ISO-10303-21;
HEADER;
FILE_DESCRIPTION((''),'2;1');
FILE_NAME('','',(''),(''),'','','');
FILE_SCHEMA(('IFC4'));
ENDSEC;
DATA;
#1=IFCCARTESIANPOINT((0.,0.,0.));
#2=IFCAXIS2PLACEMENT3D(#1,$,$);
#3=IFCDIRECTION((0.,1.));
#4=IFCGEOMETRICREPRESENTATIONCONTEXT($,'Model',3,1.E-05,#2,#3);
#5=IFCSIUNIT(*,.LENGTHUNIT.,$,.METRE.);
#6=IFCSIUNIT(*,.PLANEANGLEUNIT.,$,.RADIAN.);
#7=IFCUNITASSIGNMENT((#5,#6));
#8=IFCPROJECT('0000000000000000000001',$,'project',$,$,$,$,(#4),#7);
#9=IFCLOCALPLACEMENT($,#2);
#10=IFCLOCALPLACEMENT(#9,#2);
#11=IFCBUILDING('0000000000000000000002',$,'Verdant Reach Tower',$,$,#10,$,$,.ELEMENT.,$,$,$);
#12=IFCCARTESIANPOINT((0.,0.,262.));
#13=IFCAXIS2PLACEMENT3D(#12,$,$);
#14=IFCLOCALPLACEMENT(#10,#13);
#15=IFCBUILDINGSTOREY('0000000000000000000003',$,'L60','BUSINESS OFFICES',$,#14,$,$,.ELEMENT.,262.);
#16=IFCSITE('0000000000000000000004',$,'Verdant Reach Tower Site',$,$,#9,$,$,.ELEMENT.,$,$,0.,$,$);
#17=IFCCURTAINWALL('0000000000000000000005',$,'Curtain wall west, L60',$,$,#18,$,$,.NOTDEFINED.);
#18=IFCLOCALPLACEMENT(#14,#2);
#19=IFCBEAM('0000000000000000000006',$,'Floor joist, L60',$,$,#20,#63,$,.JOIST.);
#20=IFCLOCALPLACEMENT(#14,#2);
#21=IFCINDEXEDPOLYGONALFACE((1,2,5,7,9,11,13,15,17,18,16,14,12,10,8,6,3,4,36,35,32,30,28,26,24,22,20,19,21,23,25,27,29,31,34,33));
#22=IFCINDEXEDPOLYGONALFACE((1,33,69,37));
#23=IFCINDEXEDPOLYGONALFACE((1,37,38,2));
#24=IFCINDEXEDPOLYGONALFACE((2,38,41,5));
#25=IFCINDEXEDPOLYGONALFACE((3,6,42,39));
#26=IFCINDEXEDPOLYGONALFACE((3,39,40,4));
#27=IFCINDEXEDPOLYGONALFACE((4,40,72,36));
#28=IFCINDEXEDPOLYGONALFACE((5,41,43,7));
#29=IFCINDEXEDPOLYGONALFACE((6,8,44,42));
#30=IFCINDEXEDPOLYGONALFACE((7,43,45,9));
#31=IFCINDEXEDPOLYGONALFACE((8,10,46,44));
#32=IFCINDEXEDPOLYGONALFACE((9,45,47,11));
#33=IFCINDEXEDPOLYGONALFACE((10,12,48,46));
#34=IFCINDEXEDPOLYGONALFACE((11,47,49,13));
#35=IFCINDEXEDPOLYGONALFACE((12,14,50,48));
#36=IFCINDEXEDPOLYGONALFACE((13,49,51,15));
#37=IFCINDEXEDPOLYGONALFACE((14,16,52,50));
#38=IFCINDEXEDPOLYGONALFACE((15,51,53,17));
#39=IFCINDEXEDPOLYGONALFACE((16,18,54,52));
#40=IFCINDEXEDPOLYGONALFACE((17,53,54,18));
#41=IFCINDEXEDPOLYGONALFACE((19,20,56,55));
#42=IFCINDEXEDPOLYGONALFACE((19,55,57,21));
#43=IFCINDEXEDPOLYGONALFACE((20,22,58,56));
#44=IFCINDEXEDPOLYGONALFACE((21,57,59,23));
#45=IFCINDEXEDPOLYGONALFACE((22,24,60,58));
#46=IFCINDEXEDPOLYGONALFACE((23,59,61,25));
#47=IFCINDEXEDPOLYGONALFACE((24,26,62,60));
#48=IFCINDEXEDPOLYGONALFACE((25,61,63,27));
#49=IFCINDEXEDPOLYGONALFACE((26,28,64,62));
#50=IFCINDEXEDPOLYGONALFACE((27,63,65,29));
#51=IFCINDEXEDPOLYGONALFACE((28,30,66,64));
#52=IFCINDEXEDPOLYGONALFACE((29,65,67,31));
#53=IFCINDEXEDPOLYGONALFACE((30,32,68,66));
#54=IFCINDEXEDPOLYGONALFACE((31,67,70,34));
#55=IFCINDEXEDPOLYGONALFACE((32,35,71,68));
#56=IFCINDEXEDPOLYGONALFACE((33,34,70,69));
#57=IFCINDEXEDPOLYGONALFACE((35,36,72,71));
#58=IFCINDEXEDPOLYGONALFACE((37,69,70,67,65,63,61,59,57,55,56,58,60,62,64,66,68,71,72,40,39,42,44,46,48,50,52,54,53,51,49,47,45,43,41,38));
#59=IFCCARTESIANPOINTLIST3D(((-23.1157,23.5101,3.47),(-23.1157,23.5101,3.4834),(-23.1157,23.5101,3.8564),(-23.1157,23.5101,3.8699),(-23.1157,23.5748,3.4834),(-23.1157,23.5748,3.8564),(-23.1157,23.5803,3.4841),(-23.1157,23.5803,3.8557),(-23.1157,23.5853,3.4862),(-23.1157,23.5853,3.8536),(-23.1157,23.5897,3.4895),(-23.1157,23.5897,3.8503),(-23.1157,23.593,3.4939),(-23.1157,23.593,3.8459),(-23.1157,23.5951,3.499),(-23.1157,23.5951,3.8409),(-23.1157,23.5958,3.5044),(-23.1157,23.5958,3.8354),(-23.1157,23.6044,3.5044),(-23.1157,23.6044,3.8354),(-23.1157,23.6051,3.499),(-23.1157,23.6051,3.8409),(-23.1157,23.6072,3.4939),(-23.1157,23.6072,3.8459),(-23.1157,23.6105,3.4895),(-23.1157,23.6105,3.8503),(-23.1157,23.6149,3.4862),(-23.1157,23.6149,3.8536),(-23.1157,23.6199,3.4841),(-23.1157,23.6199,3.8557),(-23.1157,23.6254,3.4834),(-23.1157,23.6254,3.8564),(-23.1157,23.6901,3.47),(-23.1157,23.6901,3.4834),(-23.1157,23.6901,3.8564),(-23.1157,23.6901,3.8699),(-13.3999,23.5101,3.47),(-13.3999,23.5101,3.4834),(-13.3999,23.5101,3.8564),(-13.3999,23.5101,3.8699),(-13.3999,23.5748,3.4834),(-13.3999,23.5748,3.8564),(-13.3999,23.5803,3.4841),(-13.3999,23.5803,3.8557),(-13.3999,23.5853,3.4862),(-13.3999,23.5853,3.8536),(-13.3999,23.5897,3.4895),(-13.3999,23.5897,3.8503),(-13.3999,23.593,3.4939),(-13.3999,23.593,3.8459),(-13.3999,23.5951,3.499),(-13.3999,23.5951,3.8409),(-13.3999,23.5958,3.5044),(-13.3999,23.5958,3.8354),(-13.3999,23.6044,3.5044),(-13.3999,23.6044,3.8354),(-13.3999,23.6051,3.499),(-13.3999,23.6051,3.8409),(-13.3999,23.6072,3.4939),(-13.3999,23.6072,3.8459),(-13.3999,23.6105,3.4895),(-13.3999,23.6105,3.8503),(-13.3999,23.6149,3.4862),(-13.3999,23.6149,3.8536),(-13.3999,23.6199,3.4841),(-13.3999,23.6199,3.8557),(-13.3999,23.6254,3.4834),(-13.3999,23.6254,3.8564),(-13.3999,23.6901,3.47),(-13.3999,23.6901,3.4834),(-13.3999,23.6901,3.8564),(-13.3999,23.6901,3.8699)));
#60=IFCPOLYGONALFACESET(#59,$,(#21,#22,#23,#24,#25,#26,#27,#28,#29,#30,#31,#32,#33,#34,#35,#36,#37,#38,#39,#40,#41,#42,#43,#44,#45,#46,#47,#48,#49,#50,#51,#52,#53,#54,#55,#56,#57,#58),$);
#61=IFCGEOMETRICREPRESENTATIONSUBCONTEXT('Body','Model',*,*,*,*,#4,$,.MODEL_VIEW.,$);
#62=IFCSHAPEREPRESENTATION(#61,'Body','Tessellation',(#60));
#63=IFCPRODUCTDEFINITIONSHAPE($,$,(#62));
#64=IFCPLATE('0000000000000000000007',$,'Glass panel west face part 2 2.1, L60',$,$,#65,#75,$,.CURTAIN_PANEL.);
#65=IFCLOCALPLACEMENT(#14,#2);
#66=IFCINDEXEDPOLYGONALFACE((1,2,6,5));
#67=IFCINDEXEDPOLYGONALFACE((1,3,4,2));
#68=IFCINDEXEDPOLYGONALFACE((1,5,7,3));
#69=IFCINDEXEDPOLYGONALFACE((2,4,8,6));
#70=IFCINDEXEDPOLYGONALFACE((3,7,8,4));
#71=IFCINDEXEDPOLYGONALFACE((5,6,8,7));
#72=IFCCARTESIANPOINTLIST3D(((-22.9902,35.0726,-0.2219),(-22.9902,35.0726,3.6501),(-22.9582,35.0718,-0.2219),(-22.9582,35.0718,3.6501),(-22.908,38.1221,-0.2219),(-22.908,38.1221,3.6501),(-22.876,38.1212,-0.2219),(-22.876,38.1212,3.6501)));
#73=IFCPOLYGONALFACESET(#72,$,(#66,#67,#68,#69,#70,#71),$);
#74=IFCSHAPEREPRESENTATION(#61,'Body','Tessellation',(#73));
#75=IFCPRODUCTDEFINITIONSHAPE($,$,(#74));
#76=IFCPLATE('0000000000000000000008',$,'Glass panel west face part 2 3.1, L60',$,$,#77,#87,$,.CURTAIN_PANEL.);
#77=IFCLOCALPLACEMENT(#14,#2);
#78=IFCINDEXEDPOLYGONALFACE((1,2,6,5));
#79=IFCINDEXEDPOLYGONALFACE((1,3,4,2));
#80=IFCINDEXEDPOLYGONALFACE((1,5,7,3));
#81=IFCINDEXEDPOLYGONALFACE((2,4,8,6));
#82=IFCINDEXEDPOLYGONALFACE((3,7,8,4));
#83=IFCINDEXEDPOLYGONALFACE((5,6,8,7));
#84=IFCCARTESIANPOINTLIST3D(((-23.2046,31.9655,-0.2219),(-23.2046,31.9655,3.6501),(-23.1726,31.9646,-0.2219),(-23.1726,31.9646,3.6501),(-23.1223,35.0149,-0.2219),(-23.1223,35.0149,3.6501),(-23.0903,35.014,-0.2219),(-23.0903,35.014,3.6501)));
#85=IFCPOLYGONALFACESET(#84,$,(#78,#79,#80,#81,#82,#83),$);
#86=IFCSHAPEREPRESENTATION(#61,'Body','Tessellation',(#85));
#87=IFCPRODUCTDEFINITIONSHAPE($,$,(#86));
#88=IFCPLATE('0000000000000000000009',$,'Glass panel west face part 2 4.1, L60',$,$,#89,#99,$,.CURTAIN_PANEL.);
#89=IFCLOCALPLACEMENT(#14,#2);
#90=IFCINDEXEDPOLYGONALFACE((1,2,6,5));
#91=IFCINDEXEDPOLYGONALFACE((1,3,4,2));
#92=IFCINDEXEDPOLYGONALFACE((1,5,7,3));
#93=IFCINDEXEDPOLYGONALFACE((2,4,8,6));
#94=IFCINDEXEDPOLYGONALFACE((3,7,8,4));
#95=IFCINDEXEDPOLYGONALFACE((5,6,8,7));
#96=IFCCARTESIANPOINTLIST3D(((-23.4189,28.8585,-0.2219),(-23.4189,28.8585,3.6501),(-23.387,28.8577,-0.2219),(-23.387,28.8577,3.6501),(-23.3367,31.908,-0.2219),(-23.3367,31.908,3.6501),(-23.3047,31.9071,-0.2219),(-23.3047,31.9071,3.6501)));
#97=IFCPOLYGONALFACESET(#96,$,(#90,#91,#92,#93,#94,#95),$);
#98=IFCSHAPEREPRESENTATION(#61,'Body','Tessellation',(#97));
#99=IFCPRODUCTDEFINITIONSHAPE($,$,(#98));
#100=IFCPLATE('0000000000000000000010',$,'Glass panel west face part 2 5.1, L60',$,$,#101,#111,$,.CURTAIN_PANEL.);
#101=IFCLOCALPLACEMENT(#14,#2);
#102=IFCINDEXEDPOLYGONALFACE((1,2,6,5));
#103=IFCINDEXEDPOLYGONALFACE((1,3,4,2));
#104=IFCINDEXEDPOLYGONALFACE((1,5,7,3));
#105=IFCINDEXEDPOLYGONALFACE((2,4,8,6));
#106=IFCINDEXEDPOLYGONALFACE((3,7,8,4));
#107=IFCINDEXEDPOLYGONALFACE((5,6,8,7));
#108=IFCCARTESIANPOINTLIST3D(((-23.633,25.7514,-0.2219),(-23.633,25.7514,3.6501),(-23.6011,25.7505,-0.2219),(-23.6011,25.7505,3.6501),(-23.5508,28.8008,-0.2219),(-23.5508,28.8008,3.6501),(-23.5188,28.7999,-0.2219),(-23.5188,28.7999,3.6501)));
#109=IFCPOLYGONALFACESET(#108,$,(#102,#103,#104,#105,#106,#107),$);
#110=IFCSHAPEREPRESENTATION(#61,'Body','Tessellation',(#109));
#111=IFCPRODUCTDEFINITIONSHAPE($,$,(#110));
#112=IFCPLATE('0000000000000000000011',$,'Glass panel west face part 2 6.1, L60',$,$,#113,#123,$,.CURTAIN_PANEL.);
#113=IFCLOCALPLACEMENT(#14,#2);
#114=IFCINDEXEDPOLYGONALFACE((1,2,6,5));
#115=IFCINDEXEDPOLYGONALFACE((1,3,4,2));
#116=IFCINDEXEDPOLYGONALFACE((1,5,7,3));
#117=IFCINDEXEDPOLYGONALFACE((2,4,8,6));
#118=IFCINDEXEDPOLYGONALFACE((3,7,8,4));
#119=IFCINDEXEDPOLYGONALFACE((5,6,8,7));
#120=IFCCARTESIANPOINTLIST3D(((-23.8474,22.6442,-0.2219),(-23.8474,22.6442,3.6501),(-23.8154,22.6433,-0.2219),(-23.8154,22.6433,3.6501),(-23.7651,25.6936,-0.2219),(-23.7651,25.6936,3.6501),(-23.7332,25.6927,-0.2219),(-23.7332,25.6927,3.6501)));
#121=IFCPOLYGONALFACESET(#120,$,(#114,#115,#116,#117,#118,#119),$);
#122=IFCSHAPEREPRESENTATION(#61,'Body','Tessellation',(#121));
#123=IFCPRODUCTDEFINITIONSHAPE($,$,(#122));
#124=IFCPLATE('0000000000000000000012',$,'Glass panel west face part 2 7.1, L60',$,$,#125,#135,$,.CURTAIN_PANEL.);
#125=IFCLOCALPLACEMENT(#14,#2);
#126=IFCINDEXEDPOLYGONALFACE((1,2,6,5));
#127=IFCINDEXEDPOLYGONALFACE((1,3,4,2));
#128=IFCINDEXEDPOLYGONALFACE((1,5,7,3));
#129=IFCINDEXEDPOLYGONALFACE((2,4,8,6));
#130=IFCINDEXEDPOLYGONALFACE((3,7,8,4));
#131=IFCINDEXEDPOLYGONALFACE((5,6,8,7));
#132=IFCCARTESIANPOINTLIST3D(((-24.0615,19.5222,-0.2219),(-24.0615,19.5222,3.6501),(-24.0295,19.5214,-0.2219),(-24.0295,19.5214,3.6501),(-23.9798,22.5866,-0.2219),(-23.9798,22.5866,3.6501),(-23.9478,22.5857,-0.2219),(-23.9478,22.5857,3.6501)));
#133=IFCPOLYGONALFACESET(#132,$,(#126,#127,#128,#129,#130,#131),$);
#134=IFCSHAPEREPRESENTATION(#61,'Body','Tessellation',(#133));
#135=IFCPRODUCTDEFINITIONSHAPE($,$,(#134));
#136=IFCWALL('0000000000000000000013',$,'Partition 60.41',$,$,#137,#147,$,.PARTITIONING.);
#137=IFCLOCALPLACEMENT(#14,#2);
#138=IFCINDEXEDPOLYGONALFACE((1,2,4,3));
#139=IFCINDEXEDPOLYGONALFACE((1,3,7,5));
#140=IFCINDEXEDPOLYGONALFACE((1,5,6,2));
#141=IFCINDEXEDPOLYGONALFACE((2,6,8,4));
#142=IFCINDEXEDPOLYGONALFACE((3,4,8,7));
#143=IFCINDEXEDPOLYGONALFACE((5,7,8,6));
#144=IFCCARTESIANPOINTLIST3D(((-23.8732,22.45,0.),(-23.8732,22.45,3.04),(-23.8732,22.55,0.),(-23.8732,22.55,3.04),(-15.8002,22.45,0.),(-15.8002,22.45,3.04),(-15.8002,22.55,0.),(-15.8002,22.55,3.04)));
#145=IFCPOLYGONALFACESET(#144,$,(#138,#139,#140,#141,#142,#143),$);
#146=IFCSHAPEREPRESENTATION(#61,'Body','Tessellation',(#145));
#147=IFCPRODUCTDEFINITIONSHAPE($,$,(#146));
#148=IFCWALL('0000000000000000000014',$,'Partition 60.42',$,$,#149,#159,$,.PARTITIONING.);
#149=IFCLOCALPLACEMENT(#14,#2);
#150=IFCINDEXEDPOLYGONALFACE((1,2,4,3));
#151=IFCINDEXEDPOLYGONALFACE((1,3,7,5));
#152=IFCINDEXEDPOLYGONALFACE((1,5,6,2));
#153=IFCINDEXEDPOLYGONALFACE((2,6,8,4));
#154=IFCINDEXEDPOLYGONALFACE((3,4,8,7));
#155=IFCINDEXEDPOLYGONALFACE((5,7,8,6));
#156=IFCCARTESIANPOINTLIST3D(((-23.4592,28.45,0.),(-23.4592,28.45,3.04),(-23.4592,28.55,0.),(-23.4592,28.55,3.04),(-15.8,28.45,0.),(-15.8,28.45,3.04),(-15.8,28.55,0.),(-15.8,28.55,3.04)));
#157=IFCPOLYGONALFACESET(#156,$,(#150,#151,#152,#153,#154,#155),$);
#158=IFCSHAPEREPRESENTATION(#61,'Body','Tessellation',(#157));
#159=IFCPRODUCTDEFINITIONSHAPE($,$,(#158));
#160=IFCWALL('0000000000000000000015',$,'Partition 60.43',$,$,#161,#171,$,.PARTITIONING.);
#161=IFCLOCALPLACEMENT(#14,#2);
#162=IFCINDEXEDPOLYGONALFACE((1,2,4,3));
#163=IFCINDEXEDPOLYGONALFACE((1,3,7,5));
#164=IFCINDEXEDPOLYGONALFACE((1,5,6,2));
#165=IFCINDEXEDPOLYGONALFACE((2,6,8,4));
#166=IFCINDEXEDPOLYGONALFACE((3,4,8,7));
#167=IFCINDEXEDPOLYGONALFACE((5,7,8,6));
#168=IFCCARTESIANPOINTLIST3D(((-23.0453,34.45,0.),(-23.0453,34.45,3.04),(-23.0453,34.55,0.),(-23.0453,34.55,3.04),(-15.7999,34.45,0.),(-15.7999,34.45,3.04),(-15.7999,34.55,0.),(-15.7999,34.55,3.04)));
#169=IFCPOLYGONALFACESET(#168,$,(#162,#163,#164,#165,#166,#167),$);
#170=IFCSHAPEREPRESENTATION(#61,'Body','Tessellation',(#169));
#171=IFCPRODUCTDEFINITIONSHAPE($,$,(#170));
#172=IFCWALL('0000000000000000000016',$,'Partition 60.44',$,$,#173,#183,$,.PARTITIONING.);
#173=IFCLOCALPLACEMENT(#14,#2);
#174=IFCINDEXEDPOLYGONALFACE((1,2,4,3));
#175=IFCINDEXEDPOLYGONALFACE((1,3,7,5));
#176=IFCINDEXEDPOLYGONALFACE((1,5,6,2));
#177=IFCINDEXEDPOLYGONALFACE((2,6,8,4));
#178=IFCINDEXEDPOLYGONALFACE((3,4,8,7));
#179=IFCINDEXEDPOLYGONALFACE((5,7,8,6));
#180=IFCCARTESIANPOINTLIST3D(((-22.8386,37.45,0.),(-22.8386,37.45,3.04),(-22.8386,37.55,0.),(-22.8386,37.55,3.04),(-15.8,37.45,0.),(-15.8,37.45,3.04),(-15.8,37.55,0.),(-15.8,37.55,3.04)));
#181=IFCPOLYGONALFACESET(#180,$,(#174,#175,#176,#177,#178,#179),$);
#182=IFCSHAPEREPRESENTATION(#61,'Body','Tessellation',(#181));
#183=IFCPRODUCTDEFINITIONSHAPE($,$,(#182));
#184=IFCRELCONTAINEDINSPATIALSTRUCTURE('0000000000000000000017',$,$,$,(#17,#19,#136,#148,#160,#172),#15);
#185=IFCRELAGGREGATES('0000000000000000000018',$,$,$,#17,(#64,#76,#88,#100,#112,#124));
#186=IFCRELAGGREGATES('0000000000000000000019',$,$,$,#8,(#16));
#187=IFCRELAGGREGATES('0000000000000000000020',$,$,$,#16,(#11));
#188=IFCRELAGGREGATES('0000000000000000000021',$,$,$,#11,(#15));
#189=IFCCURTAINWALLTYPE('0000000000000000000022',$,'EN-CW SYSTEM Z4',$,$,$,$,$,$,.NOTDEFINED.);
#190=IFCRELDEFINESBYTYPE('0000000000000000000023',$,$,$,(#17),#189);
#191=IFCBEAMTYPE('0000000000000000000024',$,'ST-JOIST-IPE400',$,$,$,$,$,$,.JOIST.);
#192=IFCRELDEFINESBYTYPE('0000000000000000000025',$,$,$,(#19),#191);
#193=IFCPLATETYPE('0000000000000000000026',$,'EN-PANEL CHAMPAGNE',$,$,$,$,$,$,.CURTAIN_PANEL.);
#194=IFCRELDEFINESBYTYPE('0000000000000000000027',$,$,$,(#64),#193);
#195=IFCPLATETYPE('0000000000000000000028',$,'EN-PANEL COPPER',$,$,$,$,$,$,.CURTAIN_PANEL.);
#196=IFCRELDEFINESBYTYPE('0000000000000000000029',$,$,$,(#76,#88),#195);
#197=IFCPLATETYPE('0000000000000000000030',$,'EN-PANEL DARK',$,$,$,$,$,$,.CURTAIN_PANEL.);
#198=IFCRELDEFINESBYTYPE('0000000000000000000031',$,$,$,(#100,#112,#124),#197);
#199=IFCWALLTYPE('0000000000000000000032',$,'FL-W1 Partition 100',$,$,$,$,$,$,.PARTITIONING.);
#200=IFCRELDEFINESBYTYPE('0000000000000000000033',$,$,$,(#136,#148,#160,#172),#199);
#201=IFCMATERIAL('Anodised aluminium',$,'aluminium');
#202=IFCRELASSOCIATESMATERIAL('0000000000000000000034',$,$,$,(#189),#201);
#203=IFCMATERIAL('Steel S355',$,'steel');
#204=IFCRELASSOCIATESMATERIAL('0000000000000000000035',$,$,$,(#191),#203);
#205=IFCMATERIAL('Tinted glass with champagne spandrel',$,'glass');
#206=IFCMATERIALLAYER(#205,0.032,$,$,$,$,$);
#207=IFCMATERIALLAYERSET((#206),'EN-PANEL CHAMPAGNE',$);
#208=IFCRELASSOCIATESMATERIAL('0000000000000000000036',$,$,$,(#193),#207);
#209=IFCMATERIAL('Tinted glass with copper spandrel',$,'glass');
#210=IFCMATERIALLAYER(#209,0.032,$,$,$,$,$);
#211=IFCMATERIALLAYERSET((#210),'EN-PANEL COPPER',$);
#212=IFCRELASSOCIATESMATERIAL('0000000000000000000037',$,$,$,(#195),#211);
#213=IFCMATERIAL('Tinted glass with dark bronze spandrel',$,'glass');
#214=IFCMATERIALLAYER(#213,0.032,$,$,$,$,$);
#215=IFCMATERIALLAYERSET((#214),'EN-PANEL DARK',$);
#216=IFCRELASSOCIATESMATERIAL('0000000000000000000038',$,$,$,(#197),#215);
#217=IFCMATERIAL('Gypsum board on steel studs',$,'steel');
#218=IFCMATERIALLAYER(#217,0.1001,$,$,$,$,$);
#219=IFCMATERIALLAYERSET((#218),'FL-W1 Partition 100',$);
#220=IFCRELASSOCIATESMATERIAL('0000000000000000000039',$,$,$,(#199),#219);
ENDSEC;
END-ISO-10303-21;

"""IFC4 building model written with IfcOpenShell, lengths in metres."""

from ifc_helpers import new_model, si_unit, direction, frame, frame_2d, origin, origin_2d, place, context, subcontext, project, spatial, rectangle, i_section, extrude, material, layer, layer_set, material_profile, profile_set, type_object, element, aggregate, save


model = new_model("IFC4")

# Units and contexts
model_context = context("Model", 3, precision=1e-05, world=origin(), true_north=direction((0.0, 1.0)))
body_context = subcontext(model_context, "Body", "Model", "MODEL_VIEW")
ifc_project = project(units=[si_unit("LENGTHUNIT", "METRE"), si_unit("PLANEANGLEUNIT", "RADIAN")], contexts=[model_context])

# Site, building, storey
site_placement = place(None, origin())
site = spatial("IfcSite", under=ifc_project, at=site_placement, Name="Verdant Reach Tower Site", CompositionType="ELEMENT", RefElevation=0.0)
building_placement = place(site_placement, origin())
building = spatial("IfcBuilding", under=site, at=building_placement, Name="Verdant Reach Tower", CompositionType="ELEMENT")
storey_placement = place(building_placement, frame((0.0, 0.0, 262.0)))
storey = spatial("IfcBuildingStorey", under=building, at=storey_placement, Name="L60", Description="BUSINESS OFFICES", CompositionType="ELEMENT", Elevation=262.0)

# Curtain wall
ifc_material_1 = material(Name="Anodised aluminium", Category="aluminium")
curtain_wall_type = type_object("IfcCurtainWallType", Name="EN-CW SYSTEM Z4", PredefinedType="NOTDEFINED", material=ifc_material_1)
curtain_wall_placement = place(storey_placement, origin())
curtain_wall = element("IfcCurtainWall", 1, at=curtain_wall_placement, inside=storey, type_object=curtain_wall_type, Name="Curtain wall west, L60", PredefinedType="NOTDEFINED")

# Beam
ifc_material_2 = material(Name="Steel S355", Category="steel")
ifc_material_profile_1 = material_profile(ifc_material_2, i_section(OverallWidth=0.1799, OverallDepth=0.3999, WebThickness=0.0085, FlangeThickness=0.0134, FilletRadius=0.021, at=origin_2d()), Name="IPE 400")
ifc_profile_set_1 = profile_set([ifc_material_profile_1], Name="Steel S355")
beam_type_1 = type_object("IfcBeamType", Name="ST-JOIST-IPE400", PredefinedType="JOIST", material=ifc_profile_set_1)
beam_1_placement = place(storey_placement, frame((-13.3999, 23.6001, 3.6699), z_axis=(-1.0, 0.0, 0.0), x_axis=(0.0, -1.0, 0.0)))
element("IfcBeam", 2, at=beam_1_placement, inside=storey, type_object=beam_type_1, Name="Floor joist, L60", PredefinedType="JOIST", context=body_context, shape_type="SweptSolid", body=[
    extrude(i_section(OverallWidth=0.1799, OverallDepth=0.3999, WebThickness=0.0085, FlangeThickness=0.0134, FilletRadius=0.021, at=origin_2d()), origin(), (0.0, 0.0, 1.0), 9.7158),
])

# Plates
ifc_material_3 = material(Name="Tinted glass with champagne spandrel", Category="glass")
ifc_layer_1 = layer(ifc_material_3, 0.032)
ifc_layer_set_1 = layer_set([ifc_layer_1], Name="EN-PANEL CHAMPAGNE")
plate_type_1 = type_object("IfcPlateType", Name="EN-PANEL CHAMPAGNE", PredefinedType="CURTAIN_PANEL", material=ifc_layer_set_1)
plate_1_placement = place(storey_placement, frame((-22.9331, 36.5969, -0.2219), z_axis=(0.0, 0.0, 1.0), x_axis=(-0.026965, -0.999636, 0.0)))
plate_1 = element("IfcPlate", 3, at=plate_1_placement, type_object=plate_type_1, Name="Glass panel west face part 2 2.1, L60", PredefinedType="CURTAIN_PANEL", context=body_context, shape_type="SweptSolid", body=[
    extrude(rectangle(XDim=3.0505, YDim=0.032, at=origin_2d()), origin(), (0.0, 0.0, 1.0), 3.8721),
])
ifc_material_4 = material(Name="Tinted glass with copper spandrel", Category="glass")
ifc_layer_2 = layer(ifc_material_4, 0.032)
ifc_layer_set_2 = layer_set([ifc_layer_2], Name="EN-PANEL COPPER")
plate_type_2 = type_object("IfcPlateType", Name="EN-PANEL COPPER", PredefinedType="CURTAIN_PANEL", material=ifc_layer_set_2)
plate_2_placement = place(storey_placement, frame((-23.1475, 33.4897, -0.2219), z_axis=(0.0, 0.0, 1.0), x_axis=(-0.026965, -0.999636, 0.0)))
plate_2 = element("IfcPlate", 4, at=plate_2_placement, type_object=plate_type_2, Name="Glass panel west face part 2 3.1, L60", PredefinedType="CURTAIN_PANEL", context=body_context, shape_type="SweptSolid", body=[
    extrude(rectangle(XDim=3.0505, YDim=0.032, at=origin_2d()), origin(), (0.0, 0.0, 1.0), 3.8721),
])
plate_3_placement = place(storey_placement, frame((-23.3618, 30.3828, -0.2219), z_axis=(0.0, 0.0, 1.0), x_axis=(-0.026965, -0.999636, 0.0)))
plate_3 = element("IfcPlate", 5, at=plate_3_placement, type_object=plate_type_2, Name="Glass panel west face part 2 4.1, L60", PredefinedType="CURTAIN_PANEL", context=body_context, shape_type="SweptSolid", body=[
    extrude(rectangle(XDim=3.0505, YDim=0.032, at=origin_2d()), origin(), (0.0, 0.0, 1.0), 3.8721),
])
ifc_material_5 = material(Name="Tinted glass with dark bronze spandrel", Category="glass")
ifc_layer_3 = layer(ifc_material_5, 0.032)
ifc_layer_set_3 = layer_set([ifc_layer_3], Name="EN-PANEL DARK")
plate_type_3 = type_object("IfcPlateType", Name="EN-PANEL DARK", PredefinedType="CURTAIN_PANEL", material=ifc_layer_set_3)
plate_4_placement = place(storey_placement, frame((-23.5759, 27.2756, -0.2219), z_axis=(0.0, 0.0, 1.0), x_axis=(-0.026965, -0.999636, 0.0)))
plate_4 = element("IfcPlate", 6, at=plate_4_placement, type_object=plate_type_3, Name="Glass panel west face part 2 5.1, L60", PredefinedType="CURTAIN_PANEL", context=body_context, shape_type="SweptSolid", body=[
    extrude(rectangle(XDim=3.0505, YDim=0.032, at=origin_2d()), origin(), (0.0, 0.0, 1.0), 3.8721),
])
plate_5_placement = place(storey_placement, frame((-23.7903, 24.1685, -0.2219), z_axis=(0.0, 0.0, 1.0), x_axis=(-0.026965, -0.999636, 0.0)))
plate_5 = element("IfcPlate", 7, at=plate_5_placement, type_object=plate_type_3, Name="Glass panel west face part 2 6.1, L60", PredefinedType="CURTAIN_PANEL", context=body_context, shape_type="SweptSolid", body=[
    extrude(rectangle(XDim=3.0505, YDim=0.032, at=origin_2d()), origin(), (0.0, 0.0, 1.0), 3.8721),
])
plate_6_placement = place(storey_placement, frame((-24.0046, 21.054, -0.2219), z_axis=(0.0, 0.0, 1.0), x_axis=(-0.026651, -0.999645, 0.0)))
plate_6 = element("IfcPlate", 8, at=plate_6_placement, type_object=plate_type_3, Name="Glass panel west face part 2 7.1, L60", PredefinedType="CURTAIN_PANEL", context=body_context, shape_type="SweptSolid", body=[
    extrude(rectangle(XDim=3.0654, YDim=0.032, at=origin_2d()), origin(), (0.0, 0.0, 1.0), 3.8721),
])
aggregate(curtain_wall, [plate_1, plate_2, plate_3, plate_4, plate_5, plate_6])

# Walls
ifc_material_6 = material(Name="Gypsum board on steel studs", Category="steel")
ifc_layer_4 = layer(ifc_material_6, 0.1001)
ifc_layer_set_4 = layer_set([ifc_layer_4], Name="FL-W1 Partition 100")
wall_type_1 = type_object("IfcWallType", Name="FL-W1 Partition 100", PredefinedType="PARTITIONING", material=ifc_layer_set_4)
wall_1_placement = place(storey_placement, frame((-15.8, 22.5, 0.0), z_axis=(0.0, 0.0, 1.0), x_axis=(-1.0, 0.0, 0.0)))
element("IfcWall", 9, at=wall_1_placement, inside=storey, type_object=wall_type_1, Name="Partition 60.41", PredefinedType="PARTITIONING", context=body_context, shape_type="SweptSolid", body=[
    extrude(rectangle(XDim=8.073, YDim=0.1001, at=frame_2d((4.0366, 0.0))), origin(), (0.0, 0.0, 1.0), 3.04),
])
wall_2_placement = place(storey_placement, frame((-15.8, 28.5, 0.0), z_axis=(0.0, 0.0, 1.0), x_axis=(-1.0, 0.0, 0.0)))
element("IfcWall", 10, at=wall_2_placement, inside=storey, type_object=wall_type_1, Name="Partition 60.42", PredefinedType="PARTITIONING", context=body_context, shape_type="SweptSolid", body=[
    extrude(rectangle(XDim=7.6592, YDim=0.1001, at=frame_2d((3.8296, 0.0))), origin(), (0.0, 0.0, 1.0), 3.04),
])
wall_3_placement = place(storey_placement, frame((-15.8, 34.5, 0.0), z_axis=(0.0, 0.0, 1.0), x_axis=(-1.0, 0.0, 0.0)))
element("IfcWall", 11, at=wall_3_placement, inside=storey, type_object=wall_type_1, Name="Partition 60.43", PredefinedType="PARTITIONING", context=body_context, shape_type="SweptSolid", body=[
    extrude(rectangle(XDim=7.2454, YDim=0.1001, at=frame_2d((3.6226, 0.0))), origin(), (0.0, 0.0, 1.0), 3.04),
])
wall_4_placement = place(storey_placement, frame((-15.8, 37.5, 0.0), z_axis=(0.0, 0.0, 1.0), x_axis=(-1.0, 0.0, 0.0)))
element("IfcWall", 12, at=wall_4_placement, inside=storey, type_object=wall_type_1, Name="Partition 60.44", PredefinedType="PARTITIONING", context=body_context, shape_type="SweptSolid", body=[
    extrude(rectangle(XDim=7.0386, YDim=0.1001, at=frame_2d((3.5193, 0.0))), origin(), (0.0, 0.0, 1.0), 3.04),
])

save(model, "model.ifc")
